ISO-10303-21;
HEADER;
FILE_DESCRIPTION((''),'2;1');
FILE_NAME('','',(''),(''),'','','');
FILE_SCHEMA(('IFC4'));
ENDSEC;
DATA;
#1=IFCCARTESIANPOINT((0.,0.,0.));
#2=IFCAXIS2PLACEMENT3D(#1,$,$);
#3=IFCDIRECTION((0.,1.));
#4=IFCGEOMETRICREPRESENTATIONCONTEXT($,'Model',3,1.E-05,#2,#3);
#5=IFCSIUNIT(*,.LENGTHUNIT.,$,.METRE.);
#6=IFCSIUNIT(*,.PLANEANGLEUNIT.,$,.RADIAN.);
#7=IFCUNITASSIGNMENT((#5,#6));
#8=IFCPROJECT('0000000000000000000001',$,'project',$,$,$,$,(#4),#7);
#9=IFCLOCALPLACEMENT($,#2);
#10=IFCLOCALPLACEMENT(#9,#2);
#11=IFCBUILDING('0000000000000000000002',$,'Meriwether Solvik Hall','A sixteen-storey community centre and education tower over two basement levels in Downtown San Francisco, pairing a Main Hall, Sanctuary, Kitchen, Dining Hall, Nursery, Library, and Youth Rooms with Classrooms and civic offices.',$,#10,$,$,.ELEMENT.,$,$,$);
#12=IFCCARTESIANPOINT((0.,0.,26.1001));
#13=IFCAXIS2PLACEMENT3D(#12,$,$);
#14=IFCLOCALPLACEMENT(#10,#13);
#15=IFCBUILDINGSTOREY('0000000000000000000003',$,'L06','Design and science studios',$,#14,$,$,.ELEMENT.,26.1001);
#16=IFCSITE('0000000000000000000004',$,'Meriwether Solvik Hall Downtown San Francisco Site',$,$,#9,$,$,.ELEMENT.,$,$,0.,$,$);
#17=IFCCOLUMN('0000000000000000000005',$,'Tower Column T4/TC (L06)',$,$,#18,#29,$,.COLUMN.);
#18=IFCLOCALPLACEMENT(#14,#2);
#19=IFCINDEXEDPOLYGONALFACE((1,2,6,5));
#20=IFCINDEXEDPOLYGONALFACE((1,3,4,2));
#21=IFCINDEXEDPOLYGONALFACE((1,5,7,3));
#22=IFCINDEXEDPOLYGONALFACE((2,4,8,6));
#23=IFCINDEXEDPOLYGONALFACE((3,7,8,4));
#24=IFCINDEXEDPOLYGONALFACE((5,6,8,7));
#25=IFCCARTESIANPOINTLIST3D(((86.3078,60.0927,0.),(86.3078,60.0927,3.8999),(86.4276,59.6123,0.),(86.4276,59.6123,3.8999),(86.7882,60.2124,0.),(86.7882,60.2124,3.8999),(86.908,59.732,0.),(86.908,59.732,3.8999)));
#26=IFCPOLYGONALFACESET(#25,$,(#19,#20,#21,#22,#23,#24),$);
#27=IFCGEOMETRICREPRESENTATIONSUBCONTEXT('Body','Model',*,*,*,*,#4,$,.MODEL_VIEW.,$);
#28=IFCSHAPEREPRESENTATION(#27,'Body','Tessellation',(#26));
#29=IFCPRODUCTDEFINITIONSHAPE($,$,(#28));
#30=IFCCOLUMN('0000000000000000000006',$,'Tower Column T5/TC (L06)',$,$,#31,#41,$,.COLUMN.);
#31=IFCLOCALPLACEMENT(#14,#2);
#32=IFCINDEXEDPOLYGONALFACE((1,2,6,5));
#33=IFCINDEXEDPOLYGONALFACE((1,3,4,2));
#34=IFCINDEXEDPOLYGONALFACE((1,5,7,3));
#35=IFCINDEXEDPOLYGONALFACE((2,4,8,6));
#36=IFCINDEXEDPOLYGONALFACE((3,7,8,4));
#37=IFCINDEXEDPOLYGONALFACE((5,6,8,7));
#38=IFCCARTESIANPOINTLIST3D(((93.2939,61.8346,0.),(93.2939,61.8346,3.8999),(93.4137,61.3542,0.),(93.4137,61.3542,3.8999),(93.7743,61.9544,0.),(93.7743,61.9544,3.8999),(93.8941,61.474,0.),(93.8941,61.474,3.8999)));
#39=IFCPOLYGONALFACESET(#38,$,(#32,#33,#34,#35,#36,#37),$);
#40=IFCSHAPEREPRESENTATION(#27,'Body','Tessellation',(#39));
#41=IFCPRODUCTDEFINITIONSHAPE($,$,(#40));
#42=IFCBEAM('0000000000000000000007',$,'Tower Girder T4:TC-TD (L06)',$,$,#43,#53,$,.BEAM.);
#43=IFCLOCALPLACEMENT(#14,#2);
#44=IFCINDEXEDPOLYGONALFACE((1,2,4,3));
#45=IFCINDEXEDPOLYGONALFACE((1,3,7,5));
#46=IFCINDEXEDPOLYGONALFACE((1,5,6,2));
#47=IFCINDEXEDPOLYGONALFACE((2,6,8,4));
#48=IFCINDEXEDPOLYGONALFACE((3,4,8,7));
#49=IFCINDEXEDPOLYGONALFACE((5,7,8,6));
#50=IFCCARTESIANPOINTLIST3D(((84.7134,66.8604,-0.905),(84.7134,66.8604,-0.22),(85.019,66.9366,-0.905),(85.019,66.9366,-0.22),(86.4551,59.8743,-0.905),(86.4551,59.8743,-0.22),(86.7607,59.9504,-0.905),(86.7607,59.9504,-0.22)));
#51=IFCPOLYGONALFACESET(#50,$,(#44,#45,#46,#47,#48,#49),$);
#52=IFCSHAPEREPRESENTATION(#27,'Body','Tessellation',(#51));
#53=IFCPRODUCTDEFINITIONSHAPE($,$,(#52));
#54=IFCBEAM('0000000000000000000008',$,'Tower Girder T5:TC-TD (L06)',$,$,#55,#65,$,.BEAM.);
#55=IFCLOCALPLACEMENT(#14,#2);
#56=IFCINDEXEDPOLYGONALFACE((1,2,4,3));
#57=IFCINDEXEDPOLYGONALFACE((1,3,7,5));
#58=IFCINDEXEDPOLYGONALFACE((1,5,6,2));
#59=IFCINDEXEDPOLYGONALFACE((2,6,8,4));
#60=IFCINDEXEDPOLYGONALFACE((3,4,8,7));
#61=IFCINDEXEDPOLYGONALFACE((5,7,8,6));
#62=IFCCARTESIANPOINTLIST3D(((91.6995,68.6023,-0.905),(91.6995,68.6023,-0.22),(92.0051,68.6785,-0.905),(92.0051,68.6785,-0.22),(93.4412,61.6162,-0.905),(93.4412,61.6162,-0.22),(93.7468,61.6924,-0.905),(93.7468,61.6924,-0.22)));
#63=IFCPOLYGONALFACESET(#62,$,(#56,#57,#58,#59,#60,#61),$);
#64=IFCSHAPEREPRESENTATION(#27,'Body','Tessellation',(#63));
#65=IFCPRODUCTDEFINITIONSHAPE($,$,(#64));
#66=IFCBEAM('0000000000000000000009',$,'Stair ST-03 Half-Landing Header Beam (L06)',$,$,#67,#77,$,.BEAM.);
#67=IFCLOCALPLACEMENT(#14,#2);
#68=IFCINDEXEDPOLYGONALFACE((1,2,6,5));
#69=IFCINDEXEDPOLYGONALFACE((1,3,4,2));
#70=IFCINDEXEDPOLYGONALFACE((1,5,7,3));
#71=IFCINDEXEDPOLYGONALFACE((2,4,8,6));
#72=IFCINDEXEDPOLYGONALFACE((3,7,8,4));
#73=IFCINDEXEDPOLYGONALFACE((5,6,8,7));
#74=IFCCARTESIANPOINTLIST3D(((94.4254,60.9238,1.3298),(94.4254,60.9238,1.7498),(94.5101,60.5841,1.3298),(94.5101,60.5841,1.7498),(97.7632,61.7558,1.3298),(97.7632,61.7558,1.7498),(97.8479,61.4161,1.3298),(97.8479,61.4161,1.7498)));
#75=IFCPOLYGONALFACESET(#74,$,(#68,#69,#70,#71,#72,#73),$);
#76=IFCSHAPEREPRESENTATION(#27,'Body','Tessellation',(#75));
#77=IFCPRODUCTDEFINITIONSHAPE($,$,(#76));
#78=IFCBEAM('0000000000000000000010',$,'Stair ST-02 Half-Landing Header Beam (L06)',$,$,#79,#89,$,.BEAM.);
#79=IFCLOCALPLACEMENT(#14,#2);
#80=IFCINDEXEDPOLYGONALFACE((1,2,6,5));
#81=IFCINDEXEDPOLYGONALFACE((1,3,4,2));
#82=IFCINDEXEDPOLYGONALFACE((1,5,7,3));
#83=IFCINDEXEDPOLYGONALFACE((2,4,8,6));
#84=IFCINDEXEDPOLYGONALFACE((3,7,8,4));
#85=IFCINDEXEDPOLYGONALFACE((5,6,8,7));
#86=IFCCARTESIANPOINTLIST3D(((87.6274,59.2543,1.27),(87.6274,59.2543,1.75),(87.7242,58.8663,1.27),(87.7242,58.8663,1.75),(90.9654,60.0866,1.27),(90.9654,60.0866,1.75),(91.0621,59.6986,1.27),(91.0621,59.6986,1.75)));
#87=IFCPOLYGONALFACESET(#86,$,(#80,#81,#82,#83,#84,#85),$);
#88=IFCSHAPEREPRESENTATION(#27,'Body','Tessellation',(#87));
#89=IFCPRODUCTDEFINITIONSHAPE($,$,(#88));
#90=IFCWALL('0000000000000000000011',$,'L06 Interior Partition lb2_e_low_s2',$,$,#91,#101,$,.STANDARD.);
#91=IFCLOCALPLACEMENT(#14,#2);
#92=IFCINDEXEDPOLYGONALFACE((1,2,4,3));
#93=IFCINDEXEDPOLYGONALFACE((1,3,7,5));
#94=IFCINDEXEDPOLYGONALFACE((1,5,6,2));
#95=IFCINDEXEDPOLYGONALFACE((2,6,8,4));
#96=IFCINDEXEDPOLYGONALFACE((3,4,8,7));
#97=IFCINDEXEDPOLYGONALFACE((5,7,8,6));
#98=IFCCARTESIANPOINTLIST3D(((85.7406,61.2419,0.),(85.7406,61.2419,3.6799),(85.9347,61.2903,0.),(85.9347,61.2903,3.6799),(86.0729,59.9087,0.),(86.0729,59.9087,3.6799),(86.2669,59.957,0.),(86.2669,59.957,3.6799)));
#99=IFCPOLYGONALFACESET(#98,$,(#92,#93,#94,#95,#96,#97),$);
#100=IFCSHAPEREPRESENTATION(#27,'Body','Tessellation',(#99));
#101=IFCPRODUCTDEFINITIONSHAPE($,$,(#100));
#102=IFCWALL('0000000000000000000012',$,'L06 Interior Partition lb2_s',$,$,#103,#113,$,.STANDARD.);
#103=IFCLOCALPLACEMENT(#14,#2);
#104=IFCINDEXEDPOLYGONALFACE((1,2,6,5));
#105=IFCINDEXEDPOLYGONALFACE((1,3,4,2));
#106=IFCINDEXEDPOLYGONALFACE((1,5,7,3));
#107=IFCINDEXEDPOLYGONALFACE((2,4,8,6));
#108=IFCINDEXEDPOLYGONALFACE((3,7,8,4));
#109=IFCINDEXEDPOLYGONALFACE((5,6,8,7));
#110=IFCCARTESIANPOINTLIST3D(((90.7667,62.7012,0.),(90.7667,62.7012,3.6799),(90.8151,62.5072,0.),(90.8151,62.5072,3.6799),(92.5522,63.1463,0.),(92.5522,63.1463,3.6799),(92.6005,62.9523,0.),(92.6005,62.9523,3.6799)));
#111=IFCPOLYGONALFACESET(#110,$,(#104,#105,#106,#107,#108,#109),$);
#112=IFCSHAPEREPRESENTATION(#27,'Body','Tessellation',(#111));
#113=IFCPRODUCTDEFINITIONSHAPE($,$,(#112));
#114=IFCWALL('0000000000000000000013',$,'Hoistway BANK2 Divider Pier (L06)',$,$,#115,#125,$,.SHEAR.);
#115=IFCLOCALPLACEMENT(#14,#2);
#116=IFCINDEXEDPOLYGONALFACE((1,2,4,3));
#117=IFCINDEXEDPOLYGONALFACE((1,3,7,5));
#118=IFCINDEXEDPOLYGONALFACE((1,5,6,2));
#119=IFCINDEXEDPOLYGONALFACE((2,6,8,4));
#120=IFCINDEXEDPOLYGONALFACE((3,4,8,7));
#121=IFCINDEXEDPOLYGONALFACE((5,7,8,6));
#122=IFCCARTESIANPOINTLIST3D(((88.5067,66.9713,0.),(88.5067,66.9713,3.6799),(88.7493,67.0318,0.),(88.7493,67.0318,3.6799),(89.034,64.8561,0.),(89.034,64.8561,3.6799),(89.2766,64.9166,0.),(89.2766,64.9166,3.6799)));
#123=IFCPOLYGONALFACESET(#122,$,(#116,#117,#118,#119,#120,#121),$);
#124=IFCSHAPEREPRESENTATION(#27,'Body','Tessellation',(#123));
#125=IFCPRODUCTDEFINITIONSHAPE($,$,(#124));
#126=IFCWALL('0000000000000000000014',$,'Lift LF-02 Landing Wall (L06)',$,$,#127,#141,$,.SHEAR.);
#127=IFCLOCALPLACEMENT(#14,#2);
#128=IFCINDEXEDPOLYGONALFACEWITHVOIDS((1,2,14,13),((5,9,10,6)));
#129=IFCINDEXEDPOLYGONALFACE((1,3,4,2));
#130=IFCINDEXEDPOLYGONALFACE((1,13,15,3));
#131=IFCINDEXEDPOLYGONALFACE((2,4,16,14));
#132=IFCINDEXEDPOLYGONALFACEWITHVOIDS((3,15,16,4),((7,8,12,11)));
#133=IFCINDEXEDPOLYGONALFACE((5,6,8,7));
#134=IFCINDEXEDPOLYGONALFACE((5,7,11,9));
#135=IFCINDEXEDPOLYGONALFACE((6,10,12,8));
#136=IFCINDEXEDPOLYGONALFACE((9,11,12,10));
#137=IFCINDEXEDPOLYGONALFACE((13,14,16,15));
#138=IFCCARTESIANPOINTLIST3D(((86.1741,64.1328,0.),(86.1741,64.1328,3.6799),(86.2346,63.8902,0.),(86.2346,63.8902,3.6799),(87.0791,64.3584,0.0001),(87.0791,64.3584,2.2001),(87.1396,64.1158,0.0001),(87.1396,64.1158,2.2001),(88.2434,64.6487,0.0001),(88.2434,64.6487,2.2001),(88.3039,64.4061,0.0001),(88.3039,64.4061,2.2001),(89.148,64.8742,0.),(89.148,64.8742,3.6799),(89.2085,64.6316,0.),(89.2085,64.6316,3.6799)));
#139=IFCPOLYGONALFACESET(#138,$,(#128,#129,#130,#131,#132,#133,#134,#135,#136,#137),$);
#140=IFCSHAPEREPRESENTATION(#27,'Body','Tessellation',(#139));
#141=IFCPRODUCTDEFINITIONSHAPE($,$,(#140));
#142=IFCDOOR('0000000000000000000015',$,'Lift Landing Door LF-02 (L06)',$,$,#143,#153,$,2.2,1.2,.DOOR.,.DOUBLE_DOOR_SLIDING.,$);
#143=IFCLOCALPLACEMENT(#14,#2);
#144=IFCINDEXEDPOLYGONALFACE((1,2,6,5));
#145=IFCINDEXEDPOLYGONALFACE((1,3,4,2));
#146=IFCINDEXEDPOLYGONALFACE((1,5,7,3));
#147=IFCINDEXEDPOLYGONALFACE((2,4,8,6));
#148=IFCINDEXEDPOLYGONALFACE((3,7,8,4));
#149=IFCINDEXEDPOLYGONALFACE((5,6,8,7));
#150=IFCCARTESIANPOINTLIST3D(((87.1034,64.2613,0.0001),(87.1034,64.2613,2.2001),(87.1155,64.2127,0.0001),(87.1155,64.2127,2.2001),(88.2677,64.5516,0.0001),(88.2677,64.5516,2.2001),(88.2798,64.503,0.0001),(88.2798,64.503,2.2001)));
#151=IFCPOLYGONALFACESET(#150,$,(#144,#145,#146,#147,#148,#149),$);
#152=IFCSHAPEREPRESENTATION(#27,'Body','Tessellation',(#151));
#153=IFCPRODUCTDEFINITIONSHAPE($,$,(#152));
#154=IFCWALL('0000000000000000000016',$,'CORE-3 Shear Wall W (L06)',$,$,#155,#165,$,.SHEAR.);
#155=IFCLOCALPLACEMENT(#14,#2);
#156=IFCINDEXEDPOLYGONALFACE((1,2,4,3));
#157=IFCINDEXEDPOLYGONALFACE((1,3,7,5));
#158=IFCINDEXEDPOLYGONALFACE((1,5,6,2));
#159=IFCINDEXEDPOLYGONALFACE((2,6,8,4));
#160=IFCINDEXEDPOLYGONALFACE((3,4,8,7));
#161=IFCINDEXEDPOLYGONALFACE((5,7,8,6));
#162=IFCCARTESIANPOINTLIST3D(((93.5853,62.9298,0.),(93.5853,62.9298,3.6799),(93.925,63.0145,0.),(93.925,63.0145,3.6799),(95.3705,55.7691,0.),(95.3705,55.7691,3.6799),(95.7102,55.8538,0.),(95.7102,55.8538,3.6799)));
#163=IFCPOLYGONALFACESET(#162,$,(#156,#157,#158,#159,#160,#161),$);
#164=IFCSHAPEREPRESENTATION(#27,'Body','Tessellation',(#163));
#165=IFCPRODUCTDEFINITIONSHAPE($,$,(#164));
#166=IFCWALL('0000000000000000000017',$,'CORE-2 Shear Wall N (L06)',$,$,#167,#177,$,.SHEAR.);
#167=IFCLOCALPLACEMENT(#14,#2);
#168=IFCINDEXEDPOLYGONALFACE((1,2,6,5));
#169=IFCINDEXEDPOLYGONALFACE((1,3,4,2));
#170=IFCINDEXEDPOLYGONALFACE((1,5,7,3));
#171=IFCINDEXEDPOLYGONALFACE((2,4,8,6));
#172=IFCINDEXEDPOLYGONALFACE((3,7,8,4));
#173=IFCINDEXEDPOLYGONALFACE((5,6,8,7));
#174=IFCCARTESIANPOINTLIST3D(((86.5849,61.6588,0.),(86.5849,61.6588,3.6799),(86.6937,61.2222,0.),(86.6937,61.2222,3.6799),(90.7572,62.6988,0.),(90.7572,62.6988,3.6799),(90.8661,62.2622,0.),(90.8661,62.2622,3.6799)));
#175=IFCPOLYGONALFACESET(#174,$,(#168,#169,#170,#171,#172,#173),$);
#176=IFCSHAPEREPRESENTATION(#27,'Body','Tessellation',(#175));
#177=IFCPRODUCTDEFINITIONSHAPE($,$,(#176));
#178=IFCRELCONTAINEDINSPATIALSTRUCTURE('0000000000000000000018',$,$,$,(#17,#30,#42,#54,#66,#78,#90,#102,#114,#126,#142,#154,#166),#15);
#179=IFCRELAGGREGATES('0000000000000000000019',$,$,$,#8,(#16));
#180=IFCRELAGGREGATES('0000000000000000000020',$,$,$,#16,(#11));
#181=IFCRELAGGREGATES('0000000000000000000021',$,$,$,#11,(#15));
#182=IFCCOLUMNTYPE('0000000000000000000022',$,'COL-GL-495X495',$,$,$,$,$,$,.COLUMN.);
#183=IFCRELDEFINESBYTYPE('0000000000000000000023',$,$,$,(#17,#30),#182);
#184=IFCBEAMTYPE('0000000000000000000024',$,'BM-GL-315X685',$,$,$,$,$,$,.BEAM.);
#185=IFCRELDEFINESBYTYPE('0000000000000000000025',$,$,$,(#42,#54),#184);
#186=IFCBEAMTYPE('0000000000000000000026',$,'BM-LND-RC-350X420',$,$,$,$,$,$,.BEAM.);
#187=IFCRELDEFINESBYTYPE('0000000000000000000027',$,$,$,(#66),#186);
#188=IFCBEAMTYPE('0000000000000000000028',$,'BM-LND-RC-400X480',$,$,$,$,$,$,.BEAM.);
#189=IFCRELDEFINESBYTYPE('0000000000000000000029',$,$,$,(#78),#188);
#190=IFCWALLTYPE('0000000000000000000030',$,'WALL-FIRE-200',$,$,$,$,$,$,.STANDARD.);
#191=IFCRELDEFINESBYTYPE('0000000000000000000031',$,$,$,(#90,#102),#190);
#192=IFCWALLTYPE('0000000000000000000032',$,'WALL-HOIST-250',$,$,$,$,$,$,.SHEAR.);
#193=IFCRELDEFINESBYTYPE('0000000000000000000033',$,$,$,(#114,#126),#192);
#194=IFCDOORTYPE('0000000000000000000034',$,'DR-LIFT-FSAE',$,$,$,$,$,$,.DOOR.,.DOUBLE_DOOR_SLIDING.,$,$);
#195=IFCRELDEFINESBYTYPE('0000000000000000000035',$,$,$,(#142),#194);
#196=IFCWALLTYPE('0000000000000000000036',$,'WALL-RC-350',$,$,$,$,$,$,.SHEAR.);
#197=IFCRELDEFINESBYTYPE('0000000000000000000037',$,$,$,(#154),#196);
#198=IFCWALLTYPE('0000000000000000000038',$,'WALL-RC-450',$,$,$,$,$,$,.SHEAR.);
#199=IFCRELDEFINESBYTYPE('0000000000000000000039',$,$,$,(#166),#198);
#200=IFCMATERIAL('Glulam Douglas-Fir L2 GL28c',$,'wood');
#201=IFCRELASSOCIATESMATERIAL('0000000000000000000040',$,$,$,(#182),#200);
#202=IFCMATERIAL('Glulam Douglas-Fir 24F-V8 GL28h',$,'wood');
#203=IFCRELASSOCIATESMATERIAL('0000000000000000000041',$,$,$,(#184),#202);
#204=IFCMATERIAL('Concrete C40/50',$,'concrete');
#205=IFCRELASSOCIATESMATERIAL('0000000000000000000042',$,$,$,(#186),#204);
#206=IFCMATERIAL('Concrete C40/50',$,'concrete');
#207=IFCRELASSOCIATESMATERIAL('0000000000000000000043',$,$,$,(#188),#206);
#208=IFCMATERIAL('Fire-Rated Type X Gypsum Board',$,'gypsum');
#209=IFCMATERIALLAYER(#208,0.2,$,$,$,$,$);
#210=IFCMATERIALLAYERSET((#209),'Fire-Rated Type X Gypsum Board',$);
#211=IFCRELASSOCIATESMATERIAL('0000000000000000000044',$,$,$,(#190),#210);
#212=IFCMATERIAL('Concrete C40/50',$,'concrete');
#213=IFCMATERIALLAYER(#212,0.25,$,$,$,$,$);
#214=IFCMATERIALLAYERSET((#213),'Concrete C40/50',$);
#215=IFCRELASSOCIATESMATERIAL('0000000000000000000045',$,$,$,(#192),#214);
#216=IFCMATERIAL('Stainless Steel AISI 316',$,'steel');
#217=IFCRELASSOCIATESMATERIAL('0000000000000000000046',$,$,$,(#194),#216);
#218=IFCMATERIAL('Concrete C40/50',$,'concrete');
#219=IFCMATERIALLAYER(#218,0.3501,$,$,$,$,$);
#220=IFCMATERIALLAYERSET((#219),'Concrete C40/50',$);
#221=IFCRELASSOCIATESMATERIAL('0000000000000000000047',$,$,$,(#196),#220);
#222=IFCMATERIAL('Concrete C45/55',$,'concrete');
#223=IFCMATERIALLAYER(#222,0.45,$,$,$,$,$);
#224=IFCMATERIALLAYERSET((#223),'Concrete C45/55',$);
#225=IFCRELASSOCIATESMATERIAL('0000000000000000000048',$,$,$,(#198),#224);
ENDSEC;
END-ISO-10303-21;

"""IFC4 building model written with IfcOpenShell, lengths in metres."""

from ifc_helpers import new_model, si_unit, direction, frame, frame_2d, origin, origin_2d, place, context, subcontext, project, spatial, rectangle, extrude, material, layer, layer_set, material_profile, profile_set, type_object, element, fill, save


model = new_model("IFC4")

# Units and contexts
model_context = context("Model", 3, precision=1e-05, world=origin(), true_north=direction((0.0, 1.0)))
body_context = subcontext(model_context, "Body", "Model", "MODEL_VIEW")
ifc_project = project(units=[si_unit("LENGTHUNIT", "METRE"), si_unit("PLANEANGLEUNIT", "RADIAN")], contexts=[model_context])

# Site, building, storey
site_placement = place(None, origin())
site = spatial("IfcSite", under=ifc_project, at=site_placement, Name="Meriwether Solvik Hall Downtown San Francisco Site", CompositionType="ELEMENT", RefElevation=0.0)
building_placement = place(site_placement, origin())
building = spatial("IfcBuilding", under=site, at=building_placement, Name="Meriwether Solvik Hall", Description="A sixteen-storey community centre and education tower over two basement levels in Downtown San Francisco, pairing a Main Hall, Sanctuary, Kitchen, Dining Hall, Nursery, Library, and Youth Rooms with Classrooms and civic offices.", CompositionType="ELEMENT")
storey_placement = place(building_placement, frame((0.0, 0.0, 26.1001)))
storey = spatial("IfcBuildingStorey", under=building, at=storey_placement, Name="L06", Description="Design and science studios", CompositionType="ELEMENT", Elevation=26.1001)

# Columns
ifc_material_1 = material(Name="Glulam Douglas-Fir L2 GL28c", Category="wood")
ifc_material_profile_1 = material_profile(ifc_material_1, rectangle(XDim=0.4951, YDim=0.4951, at=origin_2d()), Name="GLC-495X495")
ifc_profile_set_1 = profile_set([ifc_material_profile_1], Name="Glulam Douglas-Fir L2 GL28c")
column_type = type_object("IfcColumnType", Name="COL-GL-495X495", PredefinedType="COLUMN", material=ifc_profile_set_1)
for number, where, z_axis, x_axis, name in (
    (1, (86.6079, 59.9124, 0.0), (0.0, 0.0, 1.0), (0.970296, 0.241922, 0.0), "Tower Column T4/TC (L06)"),
    (2, (93.594, 61.6543, 0.0), (0.0, 0.0, 1.0), (0.970296, 0.241922, 0.0), "Tower Column T5/TC (L06)"),
):
    element("IfcColumn", number, at=place(storey_placement, frame(where, z_axis=z_axis, x_axis=x_axis)), inside=storey, type_object=column_type, Name=name, PredefinedType="COLUMN", context=body_context, shape_type="SweptSolid", body=[
        extrude(rectangle(XDim=0.4951, YDim=0.4951, at=origin_2d()), origin(), (0.0, 0.0, 1.0), 3.8999),
    ])

# Beams
ifc_material_2 = material(Name="Glulam Douglas-Fir 24F-V8 GL28h", Category="wood")
ifc_material_profile_2 = material_profile(ifc_material_2, rectangle(XDim=0.3149, YDim=0.6851, at=origin_2d()), Name="GLB-315X685")
ifc_profile_set_2 = profile_set([ifc_material_profile_2], Name="Glulam Douglas-Fir 24F-V8 GL28h")
beam_type_1 = type_object("IfcBeamType", Name="BM-GL-315X685", PredefinedType="BEAM", material=ifc_profile_set_2)
for number, where, z_axis, x_axis, name in (
    (3, (86.6079, 59.9124, -0.5625), (-0.241905, 0.9703, 0.0), (-0.9703, -0.241905, 0.0), "Tower Girder T4:TC-TD (L06)"),
    (4, (93.594, 61.6543, -0.5625), (-0.241905, 0.9703, 0.0), (-0.9703, -0.241905, 0.0), "Tower Girder T5:TC-TD (L06)"),
):
    element("IfcBeam", number, at=place(storey_placement, frame(where, z_axis=z_axis, x_axis=x_axis)), inside=storey, type_object=beam_type_1, Name=name, PredefinedType="BEAM", context=body_context, shape_type="SweptSolid", body=[
        extrude(rectangle(XDim=0.3149, YDim=0.6851, at=origin_2d()), origin(), (0.0, 0.0, 1.0), 7.2),
    ])
ifc_material_3 = material(Name="Concrete C40/50", Category="concrete")
ifc_material_profile_3 = material_profile(ifc_material_3, rectangle(XDim=0.3501, YDim=0.4199, at=origin_2d()), Name="RCB-350X420")
ifc_profile_set_3 = profile_set([ifc_material_profile_3], Name="Concrete C40/50")
beam_type_2 = type_object("IfcBeamType", Name="BM-LND-RC-350X420", PredefinedType="BEAM", material=ifc_profile_set_3)
beam_1_placement = place(storey_placement, frame((94.4678, 60.7539, 1.5398), z_axis=(0.970309, 0.241868, 0.0), x_axis=(-0.241868, 0.970309, 0.0)))
element("IfcBeam", 5, at=beam_1_placement, inside=storey, type_object=beam_type_2, Name="Stair ST-03 Half-Landing Header Beam (L06)", PredefinedType="BEAM", context=body_context, shape_type="SweptSolid", body=[
    extrude(rectangle(XDim=0.3501, YDim=0.4199, at=origin_2d()), origin(), (0.0, 0.0, 1.0), 3.4399),
])
ifc_material_4 = material(Name="Concrete C40/50", Category="concrete")
ifc_material_profile_4 = material_profile(ifc_material_4, rectangle(XDim=0.3999, YDim=0.48, at=origin_2d()), Name="RCB-400X480")
ifc_profile_set_4 = profile_set([ifc_material_profile_4], Name="Concrete C40/50")
beam_type_3 = type_object("IfcBeamType", Name="BM-LND-RC-400X480", PredefinedType="BEAM", material=ifc_profile_set_4)
beam_2_placement = place(storey_placement, frame((87.6758, 59.0603, 1.51), z_axis=(0.970293, 0.241934, 0.0), x_axis=(-0.241934, 0.970293, 0.0)))
element("IfcBeam", 6, at=beam_2_placement, inside=storey, type_object=beam_type_3, Name="Stair ST-02 Half-Landing Header Beam (L06)", PredefinedType="BEAM", context=body_context, shape_type="SweptSolid", body=[
    extrude(rectangle(XDim=0.3999, YDim=0.48, at=origin_2d()), origin(), (0.0, 0.0, 1.0), 3.4402),
])

# Walls
ifc_material_5 = material(Name="Fire-Rated Type X Gypsum Board", Category="gypsum")
ifc_layer_1 = layer(ifc_material_5, 0.2)
ifc_layer_set_1 = layer_set([ifc_layer_1], Name="Fire-Rated Type X Gypsum Board")
wall_type_1 = type_object("IfcWallType", Name="WALL-FIRE-200", PredefinedType="STANDARD", material=ifc_layer_set_1)
wall_1_placement = place(storey_placement, frame((86.1699, 59.9329, 0.0), z_axis=(0.0, 0.0, 1.0), x_axis=(-0.241825, 0.97032, 0.0)))
element("IfcWall", 7, at=wall_1_placement, inside=storey, type_object=wall_type_1, Name="L06 Interior Partition lb2_e_low_s2", PredefinedType="STANDARD", context=body_context, shape_type="SweptSolid", body=[
    extrude(rectangle(XDim=1.374, YDim=0.2, at=frame_2d((0.687, 0.0))), origin(), (0.0, 0.0, 1.0), 3.6799),
])
wall_2_placement = place(storey_placement, frame((90.791, 62.6042, 0.0), z_axis=(0.0, 0.0, 1.0), x_axis=(0.970306, 0.24188, 0.0)))
element("IfcWall", 8, at=wall_2_placement, inside=storey, type_object=wall_type_1, Name="L06 Interior Partition lb2_s", PredefinedType="STANDARD", context=body_context, shape_type="SweptSolid", body=[
    extrude(rectangle(XDim=1.8401, YDim=0.2, at=frame_2d((0.9199, 0.0))), origin(), (0.0, 0.0, 1.0), 3.6799),
])
ifc_material_6 = material(Name="Concrete C40/50", Category="concrete")
ifc_layer_2 = layer(ifc_material_6, 0.25)
ifc_layer_set_2 = layer_set([ifc_layer_2], Name="Concrete C40/50")
wall_type_2 = type_object("IfcWallType", Name="WALL-HOIST-250", PredefinedType="SHEAR", material=ifc_layer_set_2)
wall_3_placement = place(storey_placement, frame((89.1553, 64.8865, 0.0), z_axis=(0.0, 0.0, 1.0), x_axis=(-0.241903, 0.9703, 0.0)))
element("IfcWall", 9, at=wall_3_placement, inside=storey, type_object=wall_type_2, Name="Hoistway BANK2 Divider Pier (L06)", PredefinedType="SHEAR", context=body_context, shape_type="SweptSolid", body=[
    extrude(rectangle(XDim=2.1799, YDim=0.25, at=frame_2d((1.0898, 0.0))), origin(), (0.0, 0.0, 1.0), 3.6799),
])

# Wall, opening, door
wall_4_placement = place(storey_placement, frame((86.2043, 64.0115, 0.0), z_axis=(0.0, 0.0, 1.0), x_axis=(0.970297, 0.241917, 0.0)))
wall_4 = element("IfcWall", 10, at=wall_4_placement, inside=storey, type_object=wall_type_2, Name="Lift LF-02 Landing Wall (L06)", PredefinedType="SHEAR", context=body_context, shape_type="SweptSolid", body=[
    extrude(rectangle(XDim=3.0649, YDim=0.25, at=frame_2d((1.5325, 0.0))), origin(), (0.0, 0.0, 1.0), 3.6799),
])
opening_1_placement = place(wall_4_placement, frame((0.9326, 0.0, 0.0)))
opening_1 = element("IfcOpeningElement", 11, at=opening_1_placement, cuts=wall_4, PredefinedType="OPENING", context=body_context, shape_type="SweptSolid", body=[
    extrude(rectangle(XDim=1.2, YDim=2.2, at=frame_2d((0.6001, 1.1001))), frame((0.0, 0.137, 0.0), z_axis=(0.0, -1.0, 0.0), x_axis=(1.0, 0.0, 0.0)), (0.0, 0.0, 1.0), 0.2739),
])
ifc_material_7 = material(Name="Stainless Steel AISI 316", Category="steel")
door_type_1 = type_object("IfcDoorType", Name="DR-LIFT-FSAE", OperationType="DOUBLE_DOOR_SLIDING", PredefinedType="DOOR", material=ifc_material_7)
door_1_placement = place(opening_1_placement, origin())
door_1 = element("IfcDoor", 12, at=door_1_placement, inside=storey, type_object=door_type_1, Name="Lift Landing Door LF-02 (L06)", OperationType="DOUBLE_DOOR_SLIDING", OverallHeight=2.2, OverallWidth=1.2, PredefinedType="DOOR", context=body_context, shape_type="SweptSolid", body=[
    extrude(rectangle(XDim=1.2, YDim=2.2, at=frame_2d((0.6001, 1.1001))), frame((0.0, 0.0249, 0.0), z_axis=(0.0, -1.0, 0.0), x_axis=(1.0, 0.0, 0.0)), (0.0, 0.0, 1.0), 0.05),
])
fill(opening_1, door_1)

# Walls
ifc_material_8 = material(Name="Concrete C40/50", Category="concrete")
ifc_layer_3 = layer(ifc_material_8, 0.3501)
ifc_layer_set_3 = layer_set([ifc_layer_3], Name="Concrete C40/50")
wall_type_3 = type_object("IfcWallType", Name="WALL-RC-350", PredefinedType="SHEAR", material=ifc_layer_set_3)
wall_5_placement = place(storey_placement, frame((93.7551, 62.9722, 0.0), z_axis=(0.0, 0.0, 1.0), x_axis=(0.241897, -0.970302, 0.0)))
element("IfcWall", 13, at=wall_5_placement, inside=storey, type_object=wall_type_3, Name="CORE-3 Shear Wall W (L06)", PredefinedType="SHEAR", context=body_context, shape_type="SweptSolid", body=[
    extrude(rectangle(XDim=7.3799, YDim=0.3501, at=frame_2d((3.6899, 0.0))), origin(), (0.0, 0.0, 1.0), 3.6799),
])
ifc_material_9 = material(Name="Concrete C45/55", Category="concrete")
ifc_layer_4 = layer(ifc_material_9, 0.45)
ifc_layer_set_4 = layer_set([ifc_layer_4], Name="Concrete C45/55")
wall_type_4 = type_object("IfcWallType", Name="WALL-RC-450", PredefinedType="SHEAR", material=ifc_layer_set_4)
wall_6_placement = place(storey_placement, frame((90.8115, 62.4805, 0.0), z_axis=(0.0, 0.0, 1.0), x_axis=(-0.970309, -0.241868, 0.0)))
element("IfcWall", 14, at=wall_6_placement, inside=storey, type_object=wall_type_4, Name="CORE-2 Shear Wall N (L06)", PredefinedType="SHEAR", context=body_context, shape_type="SweptSolid", body=[
    extrude(rectangle(XDim=4.3, YDim=0.45, at=frame_2d((2.1499, 0.0))), origin(), (0.0, 0.0, 1.0), 3.6799),
])

save(model, "model.ifc")
